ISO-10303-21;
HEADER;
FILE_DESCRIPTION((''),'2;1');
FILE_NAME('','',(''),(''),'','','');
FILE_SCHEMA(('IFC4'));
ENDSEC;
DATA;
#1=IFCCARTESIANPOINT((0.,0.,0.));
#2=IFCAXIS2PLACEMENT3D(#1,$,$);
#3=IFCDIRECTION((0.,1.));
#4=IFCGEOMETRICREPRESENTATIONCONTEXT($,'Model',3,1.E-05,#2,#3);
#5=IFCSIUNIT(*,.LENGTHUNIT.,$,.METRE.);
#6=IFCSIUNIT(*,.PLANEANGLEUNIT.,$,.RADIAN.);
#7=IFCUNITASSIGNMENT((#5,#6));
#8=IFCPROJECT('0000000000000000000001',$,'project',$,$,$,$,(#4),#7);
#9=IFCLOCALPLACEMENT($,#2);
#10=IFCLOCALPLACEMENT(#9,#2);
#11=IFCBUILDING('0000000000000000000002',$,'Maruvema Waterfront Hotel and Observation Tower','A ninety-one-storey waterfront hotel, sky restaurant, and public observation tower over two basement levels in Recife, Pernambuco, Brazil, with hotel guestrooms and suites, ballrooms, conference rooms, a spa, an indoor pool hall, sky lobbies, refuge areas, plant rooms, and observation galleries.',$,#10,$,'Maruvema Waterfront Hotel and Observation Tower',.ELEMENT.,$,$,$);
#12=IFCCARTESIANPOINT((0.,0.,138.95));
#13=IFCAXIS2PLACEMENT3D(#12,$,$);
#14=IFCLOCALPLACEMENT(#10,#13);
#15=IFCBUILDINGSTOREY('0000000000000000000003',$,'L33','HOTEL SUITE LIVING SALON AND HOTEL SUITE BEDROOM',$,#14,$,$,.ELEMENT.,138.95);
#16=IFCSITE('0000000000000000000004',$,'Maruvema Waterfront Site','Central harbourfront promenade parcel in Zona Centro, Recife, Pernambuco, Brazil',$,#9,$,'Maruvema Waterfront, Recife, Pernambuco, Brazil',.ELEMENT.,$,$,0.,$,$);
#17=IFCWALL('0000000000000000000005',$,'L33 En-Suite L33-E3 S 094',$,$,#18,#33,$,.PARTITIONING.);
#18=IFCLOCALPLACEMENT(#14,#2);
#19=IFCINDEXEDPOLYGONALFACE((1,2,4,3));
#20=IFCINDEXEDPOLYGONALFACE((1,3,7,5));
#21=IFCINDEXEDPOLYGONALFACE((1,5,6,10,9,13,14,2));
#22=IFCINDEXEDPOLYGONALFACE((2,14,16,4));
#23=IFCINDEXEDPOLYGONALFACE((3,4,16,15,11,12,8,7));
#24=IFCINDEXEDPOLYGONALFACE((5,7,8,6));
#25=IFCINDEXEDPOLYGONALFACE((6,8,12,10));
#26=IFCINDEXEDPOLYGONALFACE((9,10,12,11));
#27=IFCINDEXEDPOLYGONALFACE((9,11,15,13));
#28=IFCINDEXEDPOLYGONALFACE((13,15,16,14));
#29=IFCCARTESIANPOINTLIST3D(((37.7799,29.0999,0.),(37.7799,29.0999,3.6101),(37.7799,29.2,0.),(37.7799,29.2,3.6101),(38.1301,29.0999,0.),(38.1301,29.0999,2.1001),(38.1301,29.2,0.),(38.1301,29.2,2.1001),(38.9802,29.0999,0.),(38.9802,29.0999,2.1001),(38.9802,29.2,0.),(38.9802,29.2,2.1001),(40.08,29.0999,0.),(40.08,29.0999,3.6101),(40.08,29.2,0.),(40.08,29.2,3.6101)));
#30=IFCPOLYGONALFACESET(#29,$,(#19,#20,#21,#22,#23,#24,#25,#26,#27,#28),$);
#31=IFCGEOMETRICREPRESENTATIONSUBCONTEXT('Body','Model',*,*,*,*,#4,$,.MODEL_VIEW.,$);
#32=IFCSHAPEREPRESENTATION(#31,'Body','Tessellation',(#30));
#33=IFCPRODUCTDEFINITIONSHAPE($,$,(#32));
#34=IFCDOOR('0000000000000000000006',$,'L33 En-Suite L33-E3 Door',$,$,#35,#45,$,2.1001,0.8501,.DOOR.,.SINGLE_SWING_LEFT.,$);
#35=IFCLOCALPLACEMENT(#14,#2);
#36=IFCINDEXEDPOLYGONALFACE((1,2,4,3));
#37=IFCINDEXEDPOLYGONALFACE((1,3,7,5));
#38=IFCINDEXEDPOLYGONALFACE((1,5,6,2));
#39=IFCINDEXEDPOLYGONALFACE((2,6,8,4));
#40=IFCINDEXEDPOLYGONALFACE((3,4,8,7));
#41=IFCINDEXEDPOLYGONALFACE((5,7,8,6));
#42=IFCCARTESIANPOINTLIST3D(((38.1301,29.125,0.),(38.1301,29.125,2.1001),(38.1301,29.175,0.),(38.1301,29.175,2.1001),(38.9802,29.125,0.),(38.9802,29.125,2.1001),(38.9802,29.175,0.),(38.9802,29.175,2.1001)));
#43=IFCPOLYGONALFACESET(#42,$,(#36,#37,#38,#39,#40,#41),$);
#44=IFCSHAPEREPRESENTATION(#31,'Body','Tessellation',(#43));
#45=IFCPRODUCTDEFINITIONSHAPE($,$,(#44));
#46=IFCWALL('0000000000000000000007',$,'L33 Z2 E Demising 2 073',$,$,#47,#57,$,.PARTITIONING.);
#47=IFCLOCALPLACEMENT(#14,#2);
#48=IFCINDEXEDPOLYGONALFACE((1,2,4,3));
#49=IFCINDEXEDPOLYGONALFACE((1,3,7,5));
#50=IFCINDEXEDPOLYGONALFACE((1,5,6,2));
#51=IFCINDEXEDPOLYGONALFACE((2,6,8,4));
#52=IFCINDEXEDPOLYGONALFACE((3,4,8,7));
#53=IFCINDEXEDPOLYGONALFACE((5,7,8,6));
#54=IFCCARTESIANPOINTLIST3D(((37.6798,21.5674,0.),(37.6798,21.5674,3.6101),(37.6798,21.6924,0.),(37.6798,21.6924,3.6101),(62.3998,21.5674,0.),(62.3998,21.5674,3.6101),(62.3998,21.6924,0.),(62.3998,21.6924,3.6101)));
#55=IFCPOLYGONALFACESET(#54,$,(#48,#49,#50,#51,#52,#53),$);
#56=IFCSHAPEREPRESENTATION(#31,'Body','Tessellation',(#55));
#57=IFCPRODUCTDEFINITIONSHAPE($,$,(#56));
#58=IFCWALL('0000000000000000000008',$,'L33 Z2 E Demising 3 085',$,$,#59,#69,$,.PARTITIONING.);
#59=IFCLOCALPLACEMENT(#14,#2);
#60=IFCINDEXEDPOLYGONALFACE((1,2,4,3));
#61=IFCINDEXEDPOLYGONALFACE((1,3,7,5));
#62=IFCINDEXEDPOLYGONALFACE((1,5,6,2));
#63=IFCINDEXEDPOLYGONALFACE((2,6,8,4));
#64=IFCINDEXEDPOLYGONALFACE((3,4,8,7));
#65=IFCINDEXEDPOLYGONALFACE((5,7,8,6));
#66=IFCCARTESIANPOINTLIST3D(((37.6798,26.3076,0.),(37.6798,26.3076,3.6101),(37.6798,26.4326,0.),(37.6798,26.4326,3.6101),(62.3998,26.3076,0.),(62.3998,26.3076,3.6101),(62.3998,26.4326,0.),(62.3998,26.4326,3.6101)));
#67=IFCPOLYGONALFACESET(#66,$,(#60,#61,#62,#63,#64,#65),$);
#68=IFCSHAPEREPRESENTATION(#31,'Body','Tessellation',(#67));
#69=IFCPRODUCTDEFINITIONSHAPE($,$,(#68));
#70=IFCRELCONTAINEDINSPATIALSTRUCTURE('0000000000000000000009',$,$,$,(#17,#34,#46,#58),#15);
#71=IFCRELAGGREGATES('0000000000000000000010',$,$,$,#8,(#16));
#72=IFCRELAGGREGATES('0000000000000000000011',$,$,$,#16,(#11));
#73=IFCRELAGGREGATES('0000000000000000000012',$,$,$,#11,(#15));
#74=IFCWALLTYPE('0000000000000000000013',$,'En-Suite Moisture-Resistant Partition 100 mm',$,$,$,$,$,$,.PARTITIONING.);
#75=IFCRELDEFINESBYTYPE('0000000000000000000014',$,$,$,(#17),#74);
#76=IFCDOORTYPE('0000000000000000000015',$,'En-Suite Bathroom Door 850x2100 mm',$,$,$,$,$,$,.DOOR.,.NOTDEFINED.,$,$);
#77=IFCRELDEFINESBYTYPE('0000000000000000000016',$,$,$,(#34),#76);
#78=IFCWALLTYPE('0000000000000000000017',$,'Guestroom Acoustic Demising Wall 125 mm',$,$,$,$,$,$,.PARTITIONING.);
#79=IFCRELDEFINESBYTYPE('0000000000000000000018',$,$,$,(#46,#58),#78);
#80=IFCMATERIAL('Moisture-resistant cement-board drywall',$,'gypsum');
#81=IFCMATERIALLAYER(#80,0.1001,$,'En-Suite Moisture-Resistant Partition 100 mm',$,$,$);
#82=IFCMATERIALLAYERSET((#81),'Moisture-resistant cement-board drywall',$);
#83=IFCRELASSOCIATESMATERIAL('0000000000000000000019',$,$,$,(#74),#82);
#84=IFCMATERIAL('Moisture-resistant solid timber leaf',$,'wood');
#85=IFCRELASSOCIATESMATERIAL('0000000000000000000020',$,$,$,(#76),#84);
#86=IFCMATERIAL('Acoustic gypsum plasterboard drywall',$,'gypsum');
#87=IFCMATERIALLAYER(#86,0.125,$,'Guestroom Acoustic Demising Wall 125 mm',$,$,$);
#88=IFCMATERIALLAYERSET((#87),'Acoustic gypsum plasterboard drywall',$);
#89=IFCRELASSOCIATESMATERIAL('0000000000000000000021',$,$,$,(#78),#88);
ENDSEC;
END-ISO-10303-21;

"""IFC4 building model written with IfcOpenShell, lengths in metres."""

from ifc_helpers import new_model, si_unit, direction, frame, frame_2d, origin, place, context, subcontext, project, spatial, rectangle, extrude, material, layer, layer_set, type_object, element, fill, save


model = new_model("IFC4")

# Units and contexts
model_context = context("Model", 3, precision=1e-05, world=origin(), true_north=direction((0.0, 1.0)))
body_context = subcontext(model_context, "Body", "Model", "MODEL_VIEW")
ifc_project = project(units=[si_unit("LENGTHUNIT", "METRE"), si_unit("PLANEANGLEUNIT", "RADIAN")], contexts=[model_context])

# Site, building, storey
site_placement = place(None, origin())
site = spatial("IfcSite", under=ifc_project, at=site_placement, Name="Maruvema Waterfront Site", Description="Central harbourfront promenade parcel in Zona Centro, Recife, Pernambuco, Brazil", LongName="Maruvema Waterfront, Recife, Pernambuco, Brazil", CompositionType="ELEMENT", RefElevation=0.0)
building_placement = place(site_placement, origin())
building = spatial("IfcBuilding", under=site, at=building_placement, Name="Maruvema Waterfront Hotel and Observation Tower", Description="A ninety-one-storey waterfront hotel, sky restaurant, and public observation tower over two basement levels in Recife, Pernambuco, Brazil, with hotel guestrooms and suites, ballrooms, conference rooms, a spa, an indoor pool hall, sky lobbies, refuge areas, plant rooms, and observation galleries.", LongName="Maruvema Waterfront Hotel and Observation Tower", CompositionType="ELEMENT")
storey_placement = place(building_placement, frame((0.0, 0.0, 138.95)))
storey = spatial("IfcBuildingStorey", under=building, at=storey_placement, Name="L33", Description="HOTEL SUITE LIVING SALON AND HOTEL SUITE BEDROOM", CompositionType="ELEMENT", Elevation=138.95)

# Shared definitions
ifc_material_1 = material(Name="Moisture-resistant cement-board drywall", Category="gypsum")
ifc_layer_1 = layer(ifc_material_1, 0.1001, Name="En-Suite Moisture-Resistant Partition 100 mm")
ifc_layer_set_1 = layer_set([ifc_layer_1], Name="Moisture-resistant cement-board drywall")
wall_type_1 = type_object("IfcWallType", Name="En-Suite Moisture-Resistant Partition 100 mm", PredefinedType="PARTITIONING", material=ifc_layer_set_1)

# Shared definitions
ifc_material_2 = material(Name="Moisture-resistant solid timber leaf", Category="wood")
door_type_1 = type_object("IfcDoorType", Name="En-Suite Bathroom Door 850x2100 mm", OperationType="NOTDEFINED", PredefinedType="DOOR", material=ifc_material_2)

# Wall, opening, door
wall_1_placement = place(storey_placement, frame((37.78, 29.1499, 0.0), z_axis=(0.0, 0.0, 1.0), x_axis=(1.0, 0.0, 0.0)))
wall_1 = element("IfcWall", 1, at=wall_1_placement, inside=storey, type_object=wall_type_1, Name="L33 En-Suite L33-E3 S 094", PredefinedType="PARTITIONING", context=body_context, shape_type="SweptSolid", body=[
    extrude(rectangle(XDim=2.3, YDim=0.1001, at=frame_2d((1.1499, 0.0))), origin(), (0.0, 0.0, 1.0), 3.6101),
])
opening_1_placement = place(wall_1_placement, frame((0.3501, 0.0, 0.0)))
opening_1 = element("IfcOpeningElement", 2, at=opening_1_placement, cuts=wall_1, PredefinedType="OPENING", context=body_context, shape_type="SweptSolid", body=[
    extrude(rectangle(XDim=0.8501, YDim=2.1001, at=frame_2d((0.425, 1.05))), frame((0.0, 0.0601, 0.0), z_axis=(0.0, -1.0, 0.0), x_axis=(1.0, 0.0, 0.0)), (0.0, 0.0, 1.0), 0.1201),
])
door_1_placement = place(opening_1_placement, frame((0.8501, 0.0, 0.0), z_axis=(0.0, 0.0, 1.0), x_axis=(-1.0, 0.0, 0.0)))
door_1 = element("IfcDoor", 3, at=door_1_placement, inside=storey, type_object=door_type_1, Name="L33 En-Suite L33-E3 Door", OperationType="SINGLE_SWING_LEFT", OverallHeight=2.1001, OverallWidth=0.8501, PredefinedType="DOOR", context=body_context, shape_type="SweptSolid", body=[
    extrude(rectangle(XDim=0.8501, YDim=2.1001, at=frame_2d((0.425, 1.05))), frame((0.0, 0.0249, 0.0), z_axis=(0.0, -1.0, 0.0), x_axis=(1.0, 0.0, 0.0)), (0.0, 0.0, 1.0), 0.05),
])
fill(opening_1, door_1)

# Walls
ifc_material_3 = material(Name="Acoustic gypsum plasterboard drywall", Category="gypsum")
ifc_layer_2 = layer(ifc_material_3, 0.125, Name="Guestroom Acoustic Demising Wall 125 mm")
ifc_layer_set_2 = layer_set([ifc_layer_2], Name="Acoustic gypsum plasterboard drywall")
wall_type_2 = type_object("IfcWallType", Name="Guestroom Acoustic Demising Wall 125 mm", PredefinedType="PARTITIONING", material=ifc_layer_set_2)
for number, where, z_axis, x_axis, name in (
    (4, (37.6799, 21.6299, 0.0), (0.0, 0.0, 1.0), (1.0, 0.0, 0.0), "L33 Z2 E Demising 2 073"),
    (5, (37.6799, 26.3701, 0.0), (0.0, 0.0, 1.0), (1.0, 0.0, 0.0), "L33 Z2 E Demising 3 085"),
):
    element("IfcWall", number, at=place(storey_placement, frame(where, z_axis=z_axis, x_axis=x_axis)), inside=storey, type_object=wall_type_2, Name=name, PredefinedType="PARTITIONING", context=body_context, shape_type="SweptSolid", body=[
        extrude(rectangle(XDim=24.72, YDim=0.125, at=frame_2d((12.3599, 0.0))), origin(), (0.0, 0.0, 1.0), 3.6101),
    ])

save(model, "model.ifc")
